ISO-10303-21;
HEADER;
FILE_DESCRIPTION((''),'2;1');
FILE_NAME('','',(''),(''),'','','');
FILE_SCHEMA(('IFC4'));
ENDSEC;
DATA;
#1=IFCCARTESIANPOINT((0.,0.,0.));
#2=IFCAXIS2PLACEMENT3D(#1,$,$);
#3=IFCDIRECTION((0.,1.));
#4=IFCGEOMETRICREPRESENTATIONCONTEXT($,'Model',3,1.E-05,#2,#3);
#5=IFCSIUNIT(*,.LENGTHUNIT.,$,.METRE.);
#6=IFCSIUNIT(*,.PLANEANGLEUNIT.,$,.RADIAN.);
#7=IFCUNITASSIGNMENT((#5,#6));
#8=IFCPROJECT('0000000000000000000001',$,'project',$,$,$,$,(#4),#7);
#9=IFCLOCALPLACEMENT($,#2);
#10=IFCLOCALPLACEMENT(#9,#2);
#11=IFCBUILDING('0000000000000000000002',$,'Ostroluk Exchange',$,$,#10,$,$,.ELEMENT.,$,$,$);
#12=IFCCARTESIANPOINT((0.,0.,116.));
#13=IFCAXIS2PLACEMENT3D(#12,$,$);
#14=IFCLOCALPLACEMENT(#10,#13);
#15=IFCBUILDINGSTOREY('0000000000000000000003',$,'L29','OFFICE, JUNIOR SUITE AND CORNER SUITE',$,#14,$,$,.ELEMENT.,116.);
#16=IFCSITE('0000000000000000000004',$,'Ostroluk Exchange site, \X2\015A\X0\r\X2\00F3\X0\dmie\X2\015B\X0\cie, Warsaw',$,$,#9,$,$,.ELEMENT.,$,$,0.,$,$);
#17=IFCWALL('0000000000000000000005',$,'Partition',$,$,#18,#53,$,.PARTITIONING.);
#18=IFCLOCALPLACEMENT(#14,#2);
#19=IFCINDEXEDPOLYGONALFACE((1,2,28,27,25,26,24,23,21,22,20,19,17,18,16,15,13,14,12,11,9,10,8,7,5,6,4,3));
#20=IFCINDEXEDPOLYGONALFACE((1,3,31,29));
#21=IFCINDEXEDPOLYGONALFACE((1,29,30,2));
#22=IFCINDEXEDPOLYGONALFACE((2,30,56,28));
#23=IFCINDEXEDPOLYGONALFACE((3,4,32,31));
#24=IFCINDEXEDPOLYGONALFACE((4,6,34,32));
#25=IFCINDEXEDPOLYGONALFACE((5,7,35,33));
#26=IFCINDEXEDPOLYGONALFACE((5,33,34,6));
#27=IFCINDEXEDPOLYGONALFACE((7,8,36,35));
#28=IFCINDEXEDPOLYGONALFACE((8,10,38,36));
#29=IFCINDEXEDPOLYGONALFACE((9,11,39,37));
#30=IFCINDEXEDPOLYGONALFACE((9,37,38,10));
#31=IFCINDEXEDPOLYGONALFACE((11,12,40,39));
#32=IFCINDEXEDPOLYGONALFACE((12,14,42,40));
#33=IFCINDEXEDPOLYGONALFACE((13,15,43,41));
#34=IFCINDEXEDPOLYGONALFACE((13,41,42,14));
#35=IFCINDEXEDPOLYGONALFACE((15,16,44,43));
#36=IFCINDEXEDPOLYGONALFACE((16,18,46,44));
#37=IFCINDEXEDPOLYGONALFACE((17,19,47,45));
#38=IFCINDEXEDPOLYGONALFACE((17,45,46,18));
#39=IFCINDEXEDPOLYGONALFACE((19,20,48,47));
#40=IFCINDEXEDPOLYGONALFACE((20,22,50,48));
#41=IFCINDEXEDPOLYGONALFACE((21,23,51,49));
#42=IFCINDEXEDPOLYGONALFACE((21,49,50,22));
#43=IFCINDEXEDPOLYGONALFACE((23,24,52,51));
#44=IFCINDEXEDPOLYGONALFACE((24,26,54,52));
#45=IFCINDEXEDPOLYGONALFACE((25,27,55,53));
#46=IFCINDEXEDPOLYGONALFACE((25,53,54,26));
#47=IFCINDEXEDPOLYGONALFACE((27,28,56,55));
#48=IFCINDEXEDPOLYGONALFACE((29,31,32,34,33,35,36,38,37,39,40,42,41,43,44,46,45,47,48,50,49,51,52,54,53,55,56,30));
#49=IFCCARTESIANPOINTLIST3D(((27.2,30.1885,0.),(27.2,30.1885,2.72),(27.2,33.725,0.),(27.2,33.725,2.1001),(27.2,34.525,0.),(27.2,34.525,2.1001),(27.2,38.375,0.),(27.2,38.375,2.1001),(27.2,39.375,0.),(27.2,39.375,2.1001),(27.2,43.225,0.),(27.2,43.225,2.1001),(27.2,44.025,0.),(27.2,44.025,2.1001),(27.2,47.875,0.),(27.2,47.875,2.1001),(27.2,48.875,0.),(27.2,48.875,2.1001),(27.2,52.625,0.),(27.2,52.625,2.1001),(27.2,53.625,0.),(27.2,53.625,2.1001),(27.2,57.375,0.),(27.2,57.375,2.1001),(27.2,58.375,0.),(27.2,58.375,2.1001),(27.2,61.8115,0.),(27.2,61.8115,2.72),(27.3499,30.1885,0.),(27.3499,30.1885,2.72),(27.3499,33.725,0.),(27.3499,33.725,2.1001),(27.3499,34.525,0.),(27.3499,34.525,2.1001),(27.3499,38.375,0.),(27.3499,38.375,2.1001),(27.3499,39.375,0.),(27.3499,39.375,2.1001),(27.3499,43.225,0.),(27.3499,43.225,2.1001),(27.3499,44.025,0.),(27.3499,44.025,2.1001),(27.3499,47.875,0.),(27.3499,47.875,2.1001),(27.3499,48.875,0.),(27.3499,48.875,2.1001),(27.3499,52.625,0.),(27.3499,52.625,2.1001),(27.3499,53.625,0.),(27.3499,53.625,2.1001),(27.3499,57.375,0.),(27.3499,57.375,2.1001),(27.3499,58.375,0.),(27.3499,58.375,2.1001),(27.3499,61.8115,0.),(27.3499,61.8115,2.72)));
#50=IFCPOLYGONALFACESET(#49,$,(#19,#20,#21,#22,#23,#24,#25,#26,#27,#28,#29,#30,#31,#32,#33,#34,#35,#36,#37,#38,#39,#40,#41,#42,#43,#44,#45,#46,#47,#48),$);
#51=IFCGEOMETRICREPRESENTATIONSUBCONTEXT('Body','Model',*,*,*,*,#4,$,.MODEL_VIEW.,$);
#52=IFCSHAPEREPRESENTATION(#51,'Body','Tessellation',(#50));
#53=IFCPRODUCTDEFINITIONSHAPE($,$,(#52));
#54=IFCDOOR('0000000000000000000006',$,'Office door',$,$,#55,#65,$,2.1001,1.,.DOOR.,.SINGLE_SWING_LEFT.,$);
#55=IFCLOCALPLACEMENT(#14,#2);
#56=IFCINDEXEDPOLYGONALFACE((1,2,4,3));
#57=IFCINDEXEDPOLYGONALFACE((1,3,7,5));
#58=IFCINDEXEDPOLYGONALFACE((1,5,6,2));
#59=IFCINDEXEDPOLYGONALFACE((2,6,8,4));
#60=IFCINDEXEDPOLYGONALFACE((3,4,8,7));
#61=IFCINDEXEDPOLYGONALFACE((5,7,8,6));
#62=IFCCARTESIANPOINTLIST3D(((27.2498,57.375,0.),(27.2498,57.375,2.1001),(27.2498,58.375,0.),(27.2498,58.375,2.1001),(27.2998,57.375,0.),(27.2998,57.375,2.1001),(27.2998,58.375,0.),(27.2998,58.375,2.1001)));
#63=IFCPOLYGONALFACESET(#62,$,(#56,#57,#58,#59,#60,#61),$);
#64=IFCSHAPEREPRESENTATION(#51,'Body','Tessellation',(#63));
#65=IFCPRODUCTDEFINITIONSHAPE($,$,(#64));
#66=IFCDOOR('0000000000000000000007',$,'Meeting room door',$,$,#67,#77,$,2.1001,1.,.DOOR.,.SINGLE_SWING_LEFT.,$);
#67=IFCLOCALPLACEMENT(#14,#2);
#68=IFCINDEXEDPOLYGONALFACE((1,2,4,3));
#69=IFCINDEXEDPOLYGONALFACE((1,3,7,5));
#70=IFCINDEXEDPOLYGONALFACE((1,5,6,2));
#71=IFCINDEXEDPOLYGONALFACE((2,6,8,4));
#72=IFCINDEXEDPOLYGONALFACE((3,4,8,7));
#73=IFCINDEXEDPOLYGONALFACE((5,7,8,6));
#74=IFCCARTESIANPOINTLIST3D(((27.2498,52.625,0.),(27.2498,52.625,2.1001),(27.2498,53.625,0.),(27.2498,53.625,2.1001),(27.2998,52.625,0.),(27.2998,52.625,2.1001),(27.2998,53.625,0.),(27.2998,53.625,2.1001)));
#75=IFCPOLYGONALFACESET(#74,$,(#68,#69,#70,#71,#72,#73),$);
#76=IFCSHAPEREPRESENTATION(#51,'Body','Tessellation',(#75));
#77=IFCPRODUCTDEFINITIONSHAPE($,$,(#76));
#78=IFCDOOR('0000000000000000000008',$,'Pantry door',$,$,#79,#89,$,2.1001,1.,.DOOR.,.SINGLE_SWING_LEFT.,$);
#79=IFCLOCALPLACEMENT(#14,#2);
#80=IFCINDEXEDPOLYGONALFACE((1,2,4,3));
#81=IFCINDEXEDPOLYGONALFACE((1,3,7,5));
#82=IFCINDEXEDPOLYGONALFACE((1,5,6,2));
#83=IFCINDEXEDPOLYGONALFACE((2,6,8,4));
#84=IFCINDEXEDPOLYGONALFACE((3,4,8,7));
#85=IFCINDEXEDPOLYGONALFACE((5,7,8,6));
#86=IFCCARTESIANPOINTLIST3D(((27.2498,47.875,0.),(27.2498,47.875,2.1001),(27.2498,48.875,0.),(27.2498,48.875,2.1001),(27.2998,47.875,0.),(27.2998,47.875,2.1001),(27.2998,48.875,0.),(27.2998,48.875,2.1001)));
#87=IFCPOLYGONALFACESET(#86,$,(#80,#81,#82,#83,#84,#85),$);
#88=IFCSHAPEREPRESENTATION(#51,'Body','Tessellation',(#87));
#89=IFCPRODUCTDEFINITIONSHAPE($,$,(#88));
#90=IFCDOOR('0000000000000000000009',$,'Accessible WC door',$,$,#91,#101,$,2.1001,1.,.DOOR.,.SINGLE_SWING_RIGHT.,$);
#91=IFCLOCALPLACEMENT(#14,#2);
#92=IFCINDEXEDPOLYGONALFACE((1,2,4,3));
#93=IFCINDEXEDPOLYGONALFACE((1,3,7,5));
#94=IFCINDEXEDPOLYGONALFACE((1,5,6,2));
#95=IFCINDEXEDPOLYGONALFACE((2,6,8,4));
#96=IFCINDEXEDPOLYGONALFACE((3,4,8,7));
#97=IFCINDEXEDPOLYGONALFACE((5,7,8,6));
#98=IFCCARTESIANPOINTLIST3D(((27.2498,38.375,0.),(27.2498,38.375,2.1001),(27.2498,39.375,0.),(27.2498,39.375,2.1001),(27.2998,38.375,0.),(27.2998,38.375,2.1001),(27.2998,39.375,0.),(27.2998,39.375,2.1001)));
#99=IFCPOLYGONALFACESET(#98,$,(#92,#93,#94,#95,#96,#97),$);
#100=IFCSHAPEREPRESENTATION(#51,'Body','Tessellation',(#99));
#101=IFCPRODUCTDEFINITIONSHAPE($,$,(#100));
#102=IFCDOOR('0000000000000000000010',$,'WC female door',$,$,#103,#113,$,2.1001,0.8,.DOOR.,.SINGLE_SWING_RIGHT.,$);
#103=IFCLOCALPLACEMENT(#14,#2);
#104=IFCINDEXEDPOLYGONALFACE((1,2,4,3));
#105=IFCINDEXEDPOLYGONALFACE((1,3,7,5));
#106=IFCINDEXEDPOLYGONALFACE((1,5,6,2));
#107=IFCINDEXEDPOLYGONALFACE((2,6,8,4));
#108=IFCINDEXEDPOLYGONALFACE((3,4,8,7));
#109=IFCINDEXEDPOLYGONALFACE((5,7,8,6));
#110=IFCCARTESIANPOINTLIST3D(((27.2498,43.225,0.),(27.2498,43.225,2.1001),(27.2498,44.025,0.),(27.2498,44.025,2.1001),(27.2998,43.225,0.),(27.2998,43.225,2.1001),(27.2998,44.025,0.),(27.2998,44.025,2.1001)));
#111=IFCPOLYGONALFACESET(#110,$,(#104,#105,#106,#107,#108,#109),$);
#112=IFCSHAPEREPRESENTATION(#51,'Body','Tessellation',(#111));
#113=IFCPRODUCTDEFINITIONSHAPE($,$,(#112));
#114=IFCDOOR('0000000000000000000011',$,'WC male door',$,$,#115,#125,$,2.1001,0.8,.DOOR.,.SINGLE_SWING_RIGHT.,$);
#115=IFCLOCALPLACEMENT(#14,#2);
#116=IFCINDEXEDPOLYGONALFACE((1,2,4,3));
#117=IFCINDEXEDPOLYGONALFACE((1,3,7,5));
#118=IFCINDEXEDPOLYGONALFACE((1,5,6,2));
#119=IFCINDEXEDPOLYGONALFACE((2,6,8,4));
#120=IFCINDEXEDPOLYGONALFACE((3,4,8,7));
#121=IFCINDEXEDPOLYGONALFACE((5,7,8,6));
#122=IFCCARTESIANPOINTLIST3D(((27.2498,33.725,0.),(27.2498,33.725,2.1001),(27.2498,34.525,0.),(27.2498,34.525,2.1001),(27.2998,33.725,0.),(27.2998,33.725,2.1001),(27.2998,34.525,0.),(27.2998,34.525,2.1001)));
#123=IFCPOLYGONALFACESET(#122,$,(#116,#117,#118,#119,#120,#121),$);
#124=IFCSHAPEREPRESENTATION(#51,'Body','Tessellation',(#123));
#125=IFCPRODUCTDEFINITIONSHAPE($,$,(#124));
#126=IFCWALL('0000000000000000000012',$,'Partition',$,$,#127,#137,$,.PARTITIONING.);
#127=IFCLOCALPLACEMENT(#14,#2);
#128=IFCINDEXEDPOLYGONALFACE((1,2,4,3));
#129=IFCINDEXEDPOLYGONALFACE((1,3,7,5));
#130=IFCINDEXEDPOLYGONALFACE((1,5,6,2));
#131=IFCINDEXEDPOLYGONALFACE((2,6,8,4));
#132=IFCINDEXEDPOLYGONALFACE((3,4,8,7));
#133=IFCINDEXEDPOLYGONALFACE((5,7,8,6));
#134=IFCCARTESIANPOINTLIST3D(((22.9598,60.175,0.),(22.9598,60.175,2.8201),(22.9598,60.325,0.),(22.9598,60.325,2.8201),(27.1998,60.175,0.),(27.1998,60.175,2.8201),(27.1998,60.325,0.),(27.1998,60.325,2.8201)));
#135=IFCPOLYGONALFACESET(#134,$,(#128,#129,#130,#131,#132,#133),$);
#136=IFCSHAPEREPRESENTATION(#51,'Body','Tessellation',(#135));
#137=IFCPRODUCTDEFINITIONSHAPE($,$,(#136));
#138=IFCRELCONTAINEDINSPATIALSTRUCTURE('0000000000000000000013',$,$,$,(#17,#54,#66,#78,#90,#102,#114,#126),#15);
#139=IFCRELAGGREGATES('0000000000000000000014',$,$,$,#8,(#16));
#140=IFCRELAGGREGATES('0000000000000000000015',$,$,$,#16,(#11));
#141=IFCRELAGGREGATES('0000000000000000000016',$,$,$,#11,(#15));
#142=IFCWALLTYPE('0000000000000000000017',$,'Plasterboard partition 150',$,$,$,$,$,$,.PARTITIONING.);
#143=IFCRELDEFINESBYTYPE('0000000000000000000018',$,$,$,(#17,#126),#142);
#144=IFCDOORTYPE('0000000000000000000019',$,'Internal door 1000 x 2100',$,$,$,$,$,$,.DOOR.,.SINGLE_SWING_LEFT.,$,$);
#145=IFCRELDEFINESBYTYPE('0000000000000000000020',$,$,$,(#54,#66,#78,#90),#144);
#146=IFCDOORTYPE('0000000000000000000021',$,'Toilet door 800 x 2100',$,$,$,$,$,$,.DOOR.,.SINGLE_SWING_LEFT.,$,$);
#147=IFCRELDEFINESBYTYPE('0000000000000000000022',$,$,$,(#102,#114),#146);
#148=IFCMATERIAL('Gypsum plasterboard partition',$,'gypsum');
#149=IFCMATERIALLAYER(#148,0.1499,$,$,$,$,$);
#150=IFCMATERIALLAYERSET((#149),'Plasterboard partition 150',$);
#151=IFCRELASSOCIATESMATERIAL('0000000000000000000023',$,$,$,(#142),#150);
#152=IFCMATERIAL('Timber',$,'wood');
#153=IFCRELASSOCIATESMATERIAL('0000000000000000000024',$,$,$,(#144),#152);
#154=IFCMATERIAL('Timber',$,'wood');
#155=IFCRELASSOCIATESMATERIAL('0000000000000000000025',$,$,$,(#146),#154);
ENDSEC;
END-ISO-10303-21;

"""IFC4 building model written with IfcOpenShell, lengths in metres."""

from ifc_helpers import new_model, si_unit, direction, frame, frame_2d, origin, place, context, subcontext, project, spatial, rectangle, extrude, material, layer, layer_set, type_object, element, fill, save


model = new_model("IFC4")

# Units and contexts
model_context = context("Model", 3, precision=1e-05, world=origin(), true_north=direction((0.0, 1.0)))
body_context = subcontext(model_context, "Body", "Model", "MODEL_VIEW")
ifc_project = project(units=[si_unit("LENGTHUNIT", "METRE"), si_unit("PLANEANGLEUNIT", "RADIAN")], contexts=[model_context])

# Site, building, storey
site_placement = place(None, origin())
site = spatial("IfcSite", under=ifc_project, at=site_placement, Name="Ostroluk Exchange site, Śródmieście, Warsaw", CompositionType="ELEMENT", RefElevation=0.0)
building_placement = place(site_placement, origin())
building = spatial("IfcBuilding", under=site, at=building_placement, Name="Ostroluk Exchange", CompositionType="ELEMENT")
storey_placement = place(building_placement, frame((0.0, 0.0, 116.0)))
storey = spatial("IfcBuildingStorey", under=building, at=storey_placement, Name="L29", Description="OFFICE, JUNIOR SUITE AND CORNER SUITE", CompositionType="ELEMENT", Elevation=116.0)

# Wall, openings, doors
ifc_material_1 = material(Name="Gypsum plasterboard partition", Category="gypsum")
ifc_layer_1 = layer(ifc_material_1, 0.1499)
ifc_layer_set_1 = layer_set([ifc_layer_1], Name="Plasterboard partition 150")
wall_type_1 = type_object("IfcWallType", Name="Plasterboard partition 150", PredefinedType="PARTITIONING", material=ifc_layer_set_1)
wall_1_placement = place(storey_placement, frame((27.2749, 61.8115, 0.0), z_axis=(0.0, 0.0, 1.0), x_axis=(0.0, -1.0, 0.0)))
wall_1 = element("IfcWall", 1, at=wall_1_placement, inside=storey, type_object=wall_type_1, Name="Partition", PredefinedType="PARTITIONING", context=body_context, shape_type="SweptSolid", body=[
    extrude(rectangle(XDim=31.623, YDim=0.1499, at=frame_2d((15.8115, 0.0))), origin(), (0.0, 0.0, 1.0), 2.72),
])
opening_1_placement = place(wall_1_placement, frame((3.4365, 0.0, 0.0)))
opening_1 = element("IfcOpeningElement", 2, at=opening_1_placement, cuts=wall_1, PredefinedType="OPENING", context=body_context, shape_type="SweptSolid", body=[
    extrude(rectangle(XDim=1.0, YDim=2.1001, at=frame_2d((0.5, 1.05))), frame((0.0, 0.085, 0.0), z_axis=(0.0, -1.0, 0.0), x_axis=(1.0, 0.0, 0.0)), (0.0, 0.0, 1.0), 0.1699),
])
opening_2_placement = place(wall_1_placement, frame((8.1865, 0.0, 0.0)))
opening_2 = element("IfcOpeningElement", 3, at=opening_2_placement, cuts=wall_1, PredefinedType="OPENING", context=body_context, shape_type="SweptSolid", body=[
    extrude(rectangle(XDim=1.0, YDim=2.1001, at=frame_2d((0.5, 1.05))), frame((0.0, 0.085, 0.0), z_axis=(0.0, -1.0, 0.0), x_axis=(1.0, 0.0, 0.0)), (0.0, 0.0, 1.0), 0.1699),
])
opening_3_placement = place(wall_1_placement, frame((12.9365, 0.0, 0.0)))
opening_3 = element("IfcOpeningElement", 4, at=opening_3_placement, cuts=wall_1, PredefinedType="OPENING", context=body_context, shape_type="SweptSolid", body=[
    extrude(rectangle(XDim=1.0, YDim=2.1001, at=frame_2d((0.5, 1.05))), frame((0.0, 0.085, 0.0), z_axis=(0.0, -1.0, 0.0), x_axis=(1.0, 0.0, 0.0)), (0.0, 0.0, 1.0), 0.1699),
])
opening_4_placement = place(wall_1_placement, frame((17.7866, 0.0, 0.0)))
opening_4 = element("IfcOpeningElement", 5, at=opening_4_placement, cuts=wall_1, PredefinedType="OPENING", context=body_context, shape_type="SweptSolid", body=[
    extrude(rectangle(XDim=0.8, YDim=2.1001, at=frame_2d((0.3999, 1.05))), frame((0.0, 0.085, 0.0), z_axis=(0.0, -1.0, 0.0), x_axis=(1.0, 0.0, 0.0)), (0.0, 0.0, 1.0), 0.1699),
])
opening_5_placement = place(wall_1_placement, frame((22.4365, 0.0, 0.0)))
opening_5 = element("IfcOpeningElement", 6, at=opening_5_placement, cuts=wall_1, PredefinedType="OPENING", context=body_context, shape_type="SweptSolid", body=[
    extrude(rectangle(XDim=1.0, YDim=2.1001, at=frame_2d((0.5, 1.05))), frame((0.0, 0.085, 0.0), z_axis=(0.0, -1.0, 0.0), x_axis=(1.0, 0.0, 0.0)), (0.0, 0.0, 1.0), 0.1699),
])
opening_6_placement = place(wall_1_placement, frame((27.2866, 0.0, 0.0)))
opening_6 = element("IfcOpeningElement", 7, at=opening_6_placement, cuts=wall_1, PredefinedType="OPENING", context=body_context, shape_type="SweptSolid", body=[
    extrude(rectangle(XDim=0.8, YDim=2.1001, at=frame_2d((0.3999, 1.05))), frame((0.0, 0.085, 0.0), z_axis=(0.0, -1.0, 0.0), x_axis=(1.0, 0.0, 0.0)), (0.0, 0.0, 1.0), 0.1699),
])
ifc_material_2 = material(Name="Timber", Category="wood")
door_type_1 = type_object("IfcDoorType", Name="Internal door 1000 x 2100", OperationType="SINGLE_SWING_LEFT", PredefinedType="DOOR", material=ifc_material_2)
door_1_placement = place(opening_1_placement, origin())
door_1 = element("IfcDoor", 8, at=door_1_placement, inside=storey, type_object=door_type_1, Name="Office door", OperationType="SINGLE_SWING_LEFT", OverallHeight=2.1001, OverallWidth=1.0, PredefinedType="DOOR", context=body_context, shape_type="SweptSolid", body=[
    extrude(rectangle(XDim=1.0, YDim=2.1001, at=frame_2d((0.5, 1.05))), frame((0.0, 0.0249, 0.0), z_axis=(0.0, -1.0, 0.0), x_axis=(1.0, 0.0, 0.0)), (0.0, 0.0, 1.0), 0.05),
])
fill(opening_1, door_1)
door_2_placement = place(opening_2_placement, origin())
door_2 = element("IfcDoor", 9, at=door_2_placement, inside=storey, type_object=door_type_1, Name="Meeting room door", OperationType="SINGLE_SWING_LEFT", OverallHeight=2.1001, OverallWidth=1.0, PredefinedType="DOOR", context=body_context, shape_type="SweptSolid", body=[
    extrude(rectangle(XDim=1.0, YDim=2.1001, at=frame_2d((0.5, 1.05))), frame((0.0, 0.0249, 0.0), z_axis=(0.0, -1.0, 0.0), x_axis=(1.0, 0.0, 0.0)), (0.0, 0.0, 1.0), 0.05),
])
fill(opening_2, door_2)
door_3_placement = place(opening_3_placement, origin())
door_3 = element("IfcDoor", 10, at=door_3_placement, inside=storey, type_object=door_type_1, Name="Pantry door", OperationType="SINGLE_SWING_LEFT", OverallHeight=2.1001, OverallWidth=1.0, PredefinedType="DOOR", context=body_context, shape_type="SweptSolid", body=[
    extrude(rectangle(XDim=1.0, YDim=2.1001, at=frame_2d((0.5, 1.05))), frame((0.0, 0.0249, 0.0), z_axis=(0.0, -1.0, 0.0), x_axis=(1.0, 0.0, 0.0)), (0.0, 0.0, 1.0), 0.05),
])
fill(opening_3, door_3)
door_4_placement = place(opening_5_placement, origin())
door_4 = element("IfcDoor", 11, at=door_4_placement, inside=storey, type_object=door_type_1, Name="Accessible WC door", OperationType="SINGLE_SWING_RIGHT", OverallHeight=2.1001, OverallWidth=1.0, PredefinedType="DOOR", context=body_context, shape_type="SweptSolid", body=[
    extrude(rectangle(XDim=1.0, YDim=2.1001, at=frame_2d((0.5, 1.05))), frame((0.0, 0.0249, 0.0), z_axis=(0.0, -1.0, 0.0), x_axis=(1.0, 0.0, 0.0)), (0.0, 0.0, 1.0), 0.05),
])
fill(opening_5, door_4)
ifc_material_3 = material(Name="Timber", Category="wood")
door_type_2 = type_object("IfcDoorType", Name="Toilet door 800 x 2100", OperationType="SINGLE_SWING_LEFT", PredefinedType="DOOR", material=ifc_material_3)
door_5_placement = place(opening_4_placement, origin())
door_5 = element("IfcDoor", 12, at=door_5_placement, inside=storey, type_object=door_type_2, Name="WC female door", OperationType="SINGLE_SWING_RIGHT", OverallHeight=2.1001, OverallWidth=0.8, PredefinedType="DOOR", context=body_context, shape_type="SweptSolid", body=[
    extrude(rectangle(XDim=0.8, YDim=2.1001, at=frame_2d((0.3999, 1.05))), frame((0.0, 0.0249, 0.0), z_axis=(0.0, -1.0, 0.0), x_axis=(1.0, 0.0, 0.0)), (0.0, 0.0, 1.0), 0.05),
])
fill(opening_4, door_5)
door_6_placement = place(opening_6_placement, origin())
door_6 = element("IfcDoor", 13, at=door_6_placement, inside=storey, type_object=door_type_2, Name="WC male door", OperationType="SINGLE_SWING_RIGHT", OverallHeight=2.1001, OverallWidth=0.8, PredefinedType="DOOR", context=body_context, shape_type="SweptSolid", body=[
    extrude(rectangle(XDim=0.8, YDim=2.1001, at=frame_2d((0.3999, 1.05))), frame((0.0, 0.0249, 0.0), z_axis=(0.0, -1.0, 0.0), x_axis=(1.0, 0.0, 0.0)), (0.0, 0.0, 1.0), 0.05),
])
fill(opening_6, door_6)

# Wall
wall_2_placement = place(storey_placement, frame((27.2, 60.25, 0.0), z_axis=(0.0, 0.0, 1.0), x_axis=(-1.0, 0.0, 0.0)))
element("IfcWall", 14, at=wall_2_placement, inside=storey, type_object=wall_type_1, Name="Partition", PredefinedType="PARTITIONING", context=body_context, shape_type="SweptSolid", body=[
    extrude(rectangle(XDim=4.24, YDim=0.1499, at=frame_2d((2.1201, 0.0))), origin(), (0.0, 0.0, 1.0), 2.8201),
])

save(model, "model.ifc")
